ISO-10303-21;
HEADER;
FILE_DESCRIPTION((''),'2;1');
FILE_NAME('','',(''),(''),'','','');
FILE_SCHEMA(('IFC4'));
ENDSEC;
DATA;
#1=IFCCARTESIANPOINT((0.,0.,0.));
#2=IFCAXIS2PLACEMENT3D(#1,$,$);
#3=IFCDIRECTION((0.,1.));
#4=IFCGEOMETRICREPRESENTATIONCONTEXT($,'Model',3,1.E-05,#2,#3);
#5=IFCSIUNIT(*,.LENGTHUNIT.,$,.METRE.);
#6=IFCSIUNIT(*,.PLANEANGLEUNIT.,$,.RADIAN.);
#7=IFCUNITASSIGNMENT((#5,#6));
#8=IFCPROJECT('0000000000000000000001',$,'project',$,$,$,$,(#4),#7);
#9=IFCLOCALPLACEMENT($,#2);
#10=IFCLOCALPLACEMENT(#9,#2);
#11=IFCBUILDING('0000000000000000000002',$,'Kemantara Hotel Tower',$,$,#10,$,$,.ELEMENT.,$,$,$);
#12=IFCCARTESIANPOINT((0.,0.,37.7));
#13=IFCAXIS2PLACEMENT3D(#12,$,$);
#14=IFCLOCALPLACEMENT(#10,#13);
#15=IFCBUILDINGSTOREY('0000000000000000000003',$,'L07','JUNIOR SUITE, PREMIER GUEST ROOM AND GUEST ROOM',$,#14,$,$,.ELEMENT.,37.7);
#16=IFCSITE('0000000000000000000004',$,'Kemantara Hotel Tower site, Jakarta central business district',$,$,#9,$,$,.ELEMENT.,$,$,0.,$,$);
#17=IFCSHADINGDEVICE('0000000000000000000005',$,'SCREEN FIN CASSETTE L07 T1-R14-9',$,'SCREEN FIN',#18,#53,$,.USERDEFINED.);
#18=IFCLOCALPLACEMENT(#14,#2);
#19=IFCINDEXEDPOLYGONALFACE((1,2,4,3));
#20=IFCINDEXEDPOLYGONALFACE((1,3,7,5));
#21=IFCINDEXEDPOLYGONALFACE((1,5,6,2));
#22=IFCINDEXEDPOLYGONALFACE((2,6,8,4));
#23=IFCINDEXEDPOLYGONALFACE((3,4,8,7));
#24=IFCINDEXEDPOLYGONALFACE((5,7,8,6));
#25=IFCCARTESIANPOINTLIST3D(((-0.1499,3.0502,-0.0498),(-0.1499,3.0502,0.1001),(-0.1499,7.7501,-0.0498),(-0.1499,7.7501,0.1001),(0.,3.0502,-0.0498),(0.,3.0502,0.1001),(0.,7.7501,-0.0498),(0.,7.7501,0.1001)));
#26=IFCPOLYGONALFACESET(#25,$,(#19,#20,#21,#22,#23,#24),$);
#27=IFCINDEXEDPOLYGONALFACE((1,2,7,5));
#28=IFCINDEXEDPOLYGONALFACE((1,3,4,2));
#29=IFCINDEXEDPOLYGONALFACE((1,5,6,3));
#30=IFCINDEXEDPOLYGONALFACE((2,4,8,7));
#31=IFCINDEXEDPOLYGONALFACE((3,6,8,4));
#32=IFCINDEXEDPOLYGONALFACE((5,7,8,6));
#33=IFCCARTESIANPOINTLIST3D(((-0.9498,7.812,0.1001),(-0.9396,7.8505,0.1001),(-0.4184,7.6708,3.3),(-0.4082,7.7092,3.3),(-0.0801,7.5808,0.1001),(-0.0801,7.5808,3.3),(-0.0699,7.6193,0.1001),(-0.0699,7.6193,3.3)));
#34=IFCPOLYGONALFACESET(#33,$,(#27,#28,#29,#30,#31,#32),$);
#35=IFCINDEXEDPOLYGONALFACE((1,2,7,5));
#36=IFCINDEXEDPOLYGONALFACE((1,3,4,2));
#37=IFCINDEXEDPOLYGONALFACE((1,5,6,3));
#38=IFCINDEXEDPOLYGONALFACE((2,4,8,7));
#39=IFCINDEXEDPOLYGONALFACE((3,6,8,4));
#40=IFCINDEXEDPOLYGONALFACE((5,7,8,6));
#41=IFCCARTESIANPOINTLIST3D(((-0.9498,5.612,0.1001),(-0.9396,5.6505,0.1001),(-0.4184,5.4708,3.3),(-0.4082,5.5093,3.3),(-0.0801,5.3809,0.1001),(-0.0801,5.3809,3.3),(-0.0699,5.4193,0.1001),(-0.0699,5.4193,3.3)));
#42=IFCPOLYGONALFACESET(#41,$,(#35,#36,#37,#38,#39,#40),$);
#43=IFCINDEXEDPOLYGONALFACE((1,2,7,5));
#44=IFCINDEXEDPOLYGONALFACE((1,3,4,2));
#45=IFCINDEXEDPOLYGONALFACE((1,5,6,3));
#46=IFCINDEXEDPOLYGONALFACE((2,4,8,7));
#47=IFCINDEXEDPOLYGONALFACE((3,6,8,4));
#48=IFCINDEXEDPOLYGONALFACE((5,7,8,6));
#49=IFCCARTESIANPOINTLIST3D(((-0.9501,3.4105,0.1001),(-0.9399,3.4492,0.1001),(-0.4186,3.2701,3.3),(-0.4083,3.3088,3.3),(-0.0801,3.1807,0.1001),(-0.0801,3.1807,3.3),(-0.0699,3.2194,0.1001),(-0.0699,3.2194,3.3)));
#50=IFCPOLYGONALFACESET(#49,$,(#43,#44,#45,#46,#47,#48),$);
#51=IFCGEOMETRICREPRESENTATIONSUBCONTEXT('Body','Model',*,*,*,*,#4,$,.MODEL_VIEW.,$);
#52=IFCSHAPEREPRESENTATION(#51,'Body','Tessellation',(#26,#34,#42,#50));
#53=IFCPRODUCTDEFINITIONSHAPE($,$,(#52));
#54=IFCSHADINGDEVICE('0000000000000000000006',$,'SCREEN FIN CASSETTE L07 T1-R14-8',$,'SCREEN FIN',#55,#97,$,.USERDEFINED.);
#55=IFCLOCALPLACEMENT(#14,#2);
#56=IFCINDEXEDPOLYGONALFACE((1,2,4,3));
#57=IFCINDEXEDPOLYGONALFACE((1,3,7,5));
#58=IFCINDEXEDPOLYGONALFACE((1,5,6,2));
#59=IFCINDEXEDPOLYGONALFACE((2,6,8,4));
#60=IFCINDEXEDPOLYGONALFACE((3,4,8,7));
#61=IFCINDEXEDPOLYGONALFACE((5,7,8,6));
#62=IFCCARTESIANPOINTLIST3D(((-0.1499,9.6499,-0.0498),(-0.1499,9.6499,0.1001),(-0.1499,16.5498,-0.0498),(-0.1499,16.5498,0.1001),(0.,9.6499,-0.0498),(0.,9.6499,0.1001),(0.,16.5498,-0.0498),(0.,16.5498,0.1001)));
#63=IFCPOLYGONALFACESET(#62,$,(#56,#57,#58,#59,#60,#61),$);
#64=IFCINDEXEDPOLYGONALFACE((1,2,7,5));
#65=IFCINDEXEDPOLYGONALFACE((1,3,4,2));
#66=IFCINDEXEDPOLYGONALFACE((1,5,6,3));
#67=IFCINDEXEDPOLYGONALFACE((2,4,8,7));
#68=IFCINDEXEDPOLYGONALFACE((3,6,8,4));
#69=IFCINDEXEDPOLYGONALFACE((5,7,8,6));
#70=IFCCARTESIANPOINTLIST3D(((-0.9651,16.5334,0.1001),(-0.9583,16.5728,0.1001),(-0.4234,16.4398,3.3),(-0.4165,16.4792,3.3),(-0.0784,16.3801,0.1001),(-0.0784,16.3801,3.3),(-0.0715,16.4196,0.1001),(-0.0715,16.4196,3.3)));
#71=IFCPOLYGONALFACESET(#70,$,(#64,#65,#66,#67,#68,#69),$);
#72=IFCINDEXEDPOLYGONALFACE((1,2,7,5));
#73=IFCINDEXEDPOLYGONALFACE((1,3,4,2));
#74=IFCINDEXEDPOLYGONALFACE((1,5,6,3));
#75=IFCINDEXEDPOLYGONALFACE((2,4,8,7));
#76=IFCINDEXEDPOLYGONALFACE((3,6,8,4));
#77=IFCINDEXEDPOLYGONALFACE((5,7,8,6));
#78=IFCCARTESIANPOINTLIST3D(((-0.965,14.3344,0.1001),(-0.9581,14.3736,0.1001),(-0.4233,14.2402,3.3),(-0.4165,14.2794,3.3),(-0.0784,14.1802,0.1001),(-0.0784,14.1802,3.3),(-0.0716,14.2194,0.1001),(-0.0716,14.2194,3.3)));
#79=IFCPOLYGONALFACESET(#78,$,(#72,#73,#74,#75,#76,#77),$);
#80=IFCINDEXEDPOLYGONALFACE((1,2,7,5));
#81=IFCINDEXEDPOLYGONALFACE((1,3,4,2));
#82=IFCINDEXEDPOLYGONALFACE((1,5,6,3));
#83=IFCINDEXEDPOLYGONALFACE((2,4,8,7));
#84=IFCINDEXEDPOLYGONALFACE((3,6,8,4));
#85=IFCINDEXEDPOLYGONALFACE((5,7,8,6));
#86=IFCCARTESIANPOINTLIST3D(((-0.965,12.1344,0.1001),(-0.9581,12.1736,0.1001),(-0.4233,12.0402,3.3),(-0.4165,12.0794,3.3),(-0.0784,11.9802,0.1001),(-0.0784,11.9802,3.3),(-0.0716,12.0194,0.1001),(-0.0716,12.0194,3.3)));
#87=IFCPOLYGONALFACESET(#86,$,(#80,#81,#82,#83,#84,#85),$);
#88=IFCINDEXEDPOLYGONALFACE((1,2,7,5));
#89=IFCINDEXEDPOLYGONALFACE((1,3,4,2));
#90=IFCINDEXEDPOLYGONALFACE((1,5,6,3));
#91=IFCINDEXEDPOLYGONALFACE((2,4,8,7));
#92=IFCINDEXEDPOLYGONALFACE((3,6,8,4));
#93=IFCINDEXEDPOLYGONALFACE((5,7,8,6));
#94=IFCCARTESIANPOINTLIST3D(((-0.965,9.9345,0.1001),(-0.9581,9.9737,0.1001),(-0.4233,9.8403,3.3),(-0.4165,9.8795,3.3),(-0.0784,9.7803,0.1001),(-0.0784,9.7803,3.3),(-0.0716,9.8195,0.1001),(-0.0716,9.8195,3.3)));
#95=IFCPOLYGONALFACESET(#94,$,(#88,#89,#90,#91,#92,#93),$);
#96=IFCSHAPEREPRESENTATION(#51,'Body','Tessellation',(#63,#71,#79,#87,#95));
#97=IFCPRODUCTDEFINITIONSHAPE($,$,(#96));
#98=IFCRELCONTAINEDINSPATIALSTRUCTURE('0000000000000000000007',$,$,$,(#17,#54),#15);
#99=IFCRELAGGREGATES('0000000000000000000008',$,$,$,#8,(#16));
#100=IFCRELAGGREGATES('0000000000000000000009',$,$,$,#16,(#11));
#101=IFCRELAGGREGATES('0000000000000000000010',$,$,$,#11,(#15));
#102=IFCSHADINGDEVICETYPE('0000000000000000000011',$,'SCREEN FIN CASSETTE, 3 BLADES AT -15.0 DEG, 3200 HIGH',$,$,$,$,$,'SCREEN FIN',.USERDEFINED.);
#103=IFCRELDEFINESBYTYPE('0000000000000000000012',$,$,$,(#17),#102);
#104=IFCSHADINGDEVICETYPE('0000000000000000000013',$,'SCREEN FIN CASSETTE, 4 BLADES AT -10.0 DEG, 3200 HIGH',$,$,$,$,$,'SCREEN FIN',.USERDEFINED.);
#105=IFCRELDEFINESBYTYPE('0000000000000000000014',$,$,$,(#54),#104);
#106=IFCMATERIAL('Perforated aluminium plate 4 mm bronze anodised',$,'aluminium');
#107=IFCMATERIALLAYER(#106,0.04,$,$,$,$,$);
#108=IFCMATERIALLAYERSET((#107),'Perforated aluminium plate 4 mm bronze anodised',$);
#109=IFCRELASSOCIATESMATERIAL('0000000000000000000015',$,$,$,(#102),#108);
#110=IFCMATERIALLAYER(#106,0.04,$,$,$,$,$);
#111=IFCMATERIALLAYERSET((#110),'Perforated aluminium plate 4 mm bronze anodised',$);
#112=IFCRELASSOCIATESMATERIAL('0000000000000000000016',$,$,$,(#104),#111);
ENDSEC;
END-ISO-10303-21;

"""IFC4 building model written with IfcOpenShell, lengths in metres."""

from ifc_helpers import new_model, si_unit, direction, frame, origin, origin_2d, place, context, subcontext, project, spatial, polyline, rectangle, outline, extrude, source, transform, mapped, material, layer, layer_set, type_object, element, save


model = new_model("IFC4")

# Units and contexts
model_context = context("Model", 3, precision=1e-05, world=origin(), true_north=direction((0.0, 1.0)))
body_context = subcontext(model_context, "Body", "Model", "MODEL_VIEW")
ifc_project = project(units=[si_unit("LENGTHUNIT", "METRE"), si_unit("PLANEANGLEUNIT", "RADIAN")], contexts=[model_context])

# Site, building, storey
site_placement = place(None, origin())
site = spatial("IfcSite", under=ifc_project, at=site_placement, Name="Kemantara Hotel Tower site, Jakarta central business district", CompositionType="ELEMENT", RefElevation=0.0)
building_placement = place(site_placement, origin())
building = spatial("IfcBuilding", under=site, at=building_placement, Name="Kemantara Hotel Tower", CompositionType="ELEMENT")
storey_placement = place(building_placement, frame((0.0, 0.0, 37.7)))
storey = spatial("IfcBuildingStorey", under=building, at=storey_placement, Name="L07", Description="JUNIOR SUITE, PREMIER GUEST ROOM AND GUEST ROOM", CompositionType="ELEMENT", Elevation=37.7)

# Shading devices
ifc_material_1 = material(Name="Perforated aluminium plate 4 mm bronze anodised", Category="aluminium")
ifc_layer_1 = layer(ifc_material_1, 0.04)
ifc_layer_set_1 = layer_set([ifc_layer_1], Name="Perforated aluminium plate 4 mm bronze anodised")
shading_device_type_1 = type_object("IfcShadingDeviceType", Name="SCREEN FIN CASSETTE, 3 BLADES AT -15.0 DEG, 3200 HIGH", ElementType="SCREEN FIN", PredefinedType="USERDEFINED", material=ifc_layer_set_1)
shared_shape_1 = source(origin(), body_context, "Body", "SweptSolid", [
    extrude(rectangle(XDim=4.7, YDim=0.1499, at=origin_2d()), frame((2.2, -0.075, -0.1499), z_axis=(0.0, 0.0, 1.0), x_axis=(1.0, 0.0, 0.0)), (0.0, 0.0, 1.0), 0.1499),
    extrude(outline(polyline([(0.0, 0.0), (0.8999, 0.0), (0.3501, 3.2), (0.0, 3.2), (0.0, 0.0)])), frame((0.0193, -0.0801, 0.0), z_axis=(-0.966438, 0.256901, 0.0), x_axis=(-0.256901, -0.966438, 0.0)), (0.0, 0.0, 1.0), 0.0398),
    extrude(outline(polyline([(0.0, 0.0), (0.8999, 0.0), (0.3501, 3.2), (0.0, 3.2), (0.0, 0.0)])), frame((2.2192, -0.0801, 0.0), z_axis=(-0.966438, 0.256901, 0.0), x_axis=(-0.256901, -0.966438, 0.0)), (0.0, 0.0, 1.0), 0.0398),
    extrude(outline(polyline([(0.0, 0.0), (0.8999, 0.0), (0.3501, 3.2), (0.0, 3.2), (0.0, 0.0)])), frame((4.4194, -0.0801, 0.0), z_axis=(-0.966838, 0.255391, 0.0), x_axis=(-0.255391, -0.966838, 0.0)), (0.0, 0.0, 1.0), 0.04),
])
shading_device_1_placement = place(storey_placement, frame((0.0, 7.6001, 0.1001), z_axis=(0.0, 0.0, 1.0), x_axis=(0.0, -1.0, 0.0)))
element("IfcShadingDevice", 1, at=shading_device_1_placement, inside=storey, type_object=shading_device_type_1, Name="SCREEN FIN CASSETTE L07 T1-R14-9", ObjectType="SCREEN FIN", PredefinedType="USERDEFINED", context=body_context, shape_type="MappedRepresentation", body=[
    mapped(shared_shape_1, transform((0.0, 0.0, 0.0))),
])
ifc_layer_2 = layer(ifc_material_1, 0.04)
ifc_layer_set_2 = layer_set([ifc_layer_2], Name="Perforated aluminium plate 4 mm bronze anodised")
shading_device_type_2 = type_object("IfcShadingDeviceType", Name="SCREEN FIN CASSETTE, 4 BLADES AT -10.0 DEG, 3200 HIGH", ElementType="SCREEN FIN", PredefinedType="USERDEFINED", material=ifc_layer_set_2)
shared_shape_2 = source(origin(), body_context, "Body", "SweptSolid", [
    extrude(rectangle(XDim=6.8999, YDim=0.1499, at=origin_2d()), frame((3.3, -0.075, -0.1499), z_axis=(0.0, 0.0, 1.0), x_axis=(1.0, 0.0, 0.0)), (0.0, 0.0, 1.0), 0.1499),
    extrude(outline(polyline([(0.0, 0.0), (0.8999, 0.0), (0.3501, 3.2), (0.0, 3.2), (0.0, 0.0)])), frame((0.0198, -0.0784, 0.0), z_axis=(-0.98539, 0.170314, 0.0), x_axis=(-0.170314, -0.98539, 0.0)), (0.0, 0.0, 1.0), 0.04),
    extrude(outline(polyline([(0.0, 0.0), (0.8999, 0.0), (0.3501, 3.2), (0.0, 3.2), (0.0, 0.0)])), frame((2.2197, -0.0784, 0.0), z_axis=(-0.985212, 0.171341, 0.0), x_axis=(-0.171341, -0.985212, 0.0)), (0.0, 0.0, 1.0), 0.0398),
    extrude(outline(polyline([(0.0, 0.0), (0.8999, 0.0), (0.3501, 3.2), (0.0, 3.2), (0.0, 0.0)])), frame((4.4197, -0.0784, 0.0), z_axis=(-0.985212, 0.171341, 0.0), x_axis=(-0.171341, -0.985212, 0.0)), (0.0, 0.0, 1.0), 0.0398),
    extrude(outline(polyline([(0.0, 0.0), (0.8999, 0.0), (0.3501, 3.2), (0.0, 3.2), (0.0, 0.0)])), frame((6.6196, -0.0784, 0.0), z_axis=(-0.985212, 0.171341, 0.0), x_axis=(-0.171341, -0.985212, 0.0)), (0.0, 0.0, 1.0), 0.0398),
])
shading_device_2_placement = place(storey_placement, frame((0.0, 16.3999, 0.1001), z_axis=(0.0, 0.0, 1.0), x_axis=(0.0, -1.0, 0.0)))
element("IfcShadingDevice", 2, at=shading_device_2_placement, inside=storey, type_object=shading_device_type_2, Name="SCREEN FIN CASSETTE L07 T1-R14-8", ObjectType="SCREEN FIN", PredefinedType="USERDEFINED", context=body_context, shape_type="MappedRepresentation", body=[
    mapped(shared_shape_2, transform((0.0, 0.0, 0.0))),
])

save(model, "model.ifc")
